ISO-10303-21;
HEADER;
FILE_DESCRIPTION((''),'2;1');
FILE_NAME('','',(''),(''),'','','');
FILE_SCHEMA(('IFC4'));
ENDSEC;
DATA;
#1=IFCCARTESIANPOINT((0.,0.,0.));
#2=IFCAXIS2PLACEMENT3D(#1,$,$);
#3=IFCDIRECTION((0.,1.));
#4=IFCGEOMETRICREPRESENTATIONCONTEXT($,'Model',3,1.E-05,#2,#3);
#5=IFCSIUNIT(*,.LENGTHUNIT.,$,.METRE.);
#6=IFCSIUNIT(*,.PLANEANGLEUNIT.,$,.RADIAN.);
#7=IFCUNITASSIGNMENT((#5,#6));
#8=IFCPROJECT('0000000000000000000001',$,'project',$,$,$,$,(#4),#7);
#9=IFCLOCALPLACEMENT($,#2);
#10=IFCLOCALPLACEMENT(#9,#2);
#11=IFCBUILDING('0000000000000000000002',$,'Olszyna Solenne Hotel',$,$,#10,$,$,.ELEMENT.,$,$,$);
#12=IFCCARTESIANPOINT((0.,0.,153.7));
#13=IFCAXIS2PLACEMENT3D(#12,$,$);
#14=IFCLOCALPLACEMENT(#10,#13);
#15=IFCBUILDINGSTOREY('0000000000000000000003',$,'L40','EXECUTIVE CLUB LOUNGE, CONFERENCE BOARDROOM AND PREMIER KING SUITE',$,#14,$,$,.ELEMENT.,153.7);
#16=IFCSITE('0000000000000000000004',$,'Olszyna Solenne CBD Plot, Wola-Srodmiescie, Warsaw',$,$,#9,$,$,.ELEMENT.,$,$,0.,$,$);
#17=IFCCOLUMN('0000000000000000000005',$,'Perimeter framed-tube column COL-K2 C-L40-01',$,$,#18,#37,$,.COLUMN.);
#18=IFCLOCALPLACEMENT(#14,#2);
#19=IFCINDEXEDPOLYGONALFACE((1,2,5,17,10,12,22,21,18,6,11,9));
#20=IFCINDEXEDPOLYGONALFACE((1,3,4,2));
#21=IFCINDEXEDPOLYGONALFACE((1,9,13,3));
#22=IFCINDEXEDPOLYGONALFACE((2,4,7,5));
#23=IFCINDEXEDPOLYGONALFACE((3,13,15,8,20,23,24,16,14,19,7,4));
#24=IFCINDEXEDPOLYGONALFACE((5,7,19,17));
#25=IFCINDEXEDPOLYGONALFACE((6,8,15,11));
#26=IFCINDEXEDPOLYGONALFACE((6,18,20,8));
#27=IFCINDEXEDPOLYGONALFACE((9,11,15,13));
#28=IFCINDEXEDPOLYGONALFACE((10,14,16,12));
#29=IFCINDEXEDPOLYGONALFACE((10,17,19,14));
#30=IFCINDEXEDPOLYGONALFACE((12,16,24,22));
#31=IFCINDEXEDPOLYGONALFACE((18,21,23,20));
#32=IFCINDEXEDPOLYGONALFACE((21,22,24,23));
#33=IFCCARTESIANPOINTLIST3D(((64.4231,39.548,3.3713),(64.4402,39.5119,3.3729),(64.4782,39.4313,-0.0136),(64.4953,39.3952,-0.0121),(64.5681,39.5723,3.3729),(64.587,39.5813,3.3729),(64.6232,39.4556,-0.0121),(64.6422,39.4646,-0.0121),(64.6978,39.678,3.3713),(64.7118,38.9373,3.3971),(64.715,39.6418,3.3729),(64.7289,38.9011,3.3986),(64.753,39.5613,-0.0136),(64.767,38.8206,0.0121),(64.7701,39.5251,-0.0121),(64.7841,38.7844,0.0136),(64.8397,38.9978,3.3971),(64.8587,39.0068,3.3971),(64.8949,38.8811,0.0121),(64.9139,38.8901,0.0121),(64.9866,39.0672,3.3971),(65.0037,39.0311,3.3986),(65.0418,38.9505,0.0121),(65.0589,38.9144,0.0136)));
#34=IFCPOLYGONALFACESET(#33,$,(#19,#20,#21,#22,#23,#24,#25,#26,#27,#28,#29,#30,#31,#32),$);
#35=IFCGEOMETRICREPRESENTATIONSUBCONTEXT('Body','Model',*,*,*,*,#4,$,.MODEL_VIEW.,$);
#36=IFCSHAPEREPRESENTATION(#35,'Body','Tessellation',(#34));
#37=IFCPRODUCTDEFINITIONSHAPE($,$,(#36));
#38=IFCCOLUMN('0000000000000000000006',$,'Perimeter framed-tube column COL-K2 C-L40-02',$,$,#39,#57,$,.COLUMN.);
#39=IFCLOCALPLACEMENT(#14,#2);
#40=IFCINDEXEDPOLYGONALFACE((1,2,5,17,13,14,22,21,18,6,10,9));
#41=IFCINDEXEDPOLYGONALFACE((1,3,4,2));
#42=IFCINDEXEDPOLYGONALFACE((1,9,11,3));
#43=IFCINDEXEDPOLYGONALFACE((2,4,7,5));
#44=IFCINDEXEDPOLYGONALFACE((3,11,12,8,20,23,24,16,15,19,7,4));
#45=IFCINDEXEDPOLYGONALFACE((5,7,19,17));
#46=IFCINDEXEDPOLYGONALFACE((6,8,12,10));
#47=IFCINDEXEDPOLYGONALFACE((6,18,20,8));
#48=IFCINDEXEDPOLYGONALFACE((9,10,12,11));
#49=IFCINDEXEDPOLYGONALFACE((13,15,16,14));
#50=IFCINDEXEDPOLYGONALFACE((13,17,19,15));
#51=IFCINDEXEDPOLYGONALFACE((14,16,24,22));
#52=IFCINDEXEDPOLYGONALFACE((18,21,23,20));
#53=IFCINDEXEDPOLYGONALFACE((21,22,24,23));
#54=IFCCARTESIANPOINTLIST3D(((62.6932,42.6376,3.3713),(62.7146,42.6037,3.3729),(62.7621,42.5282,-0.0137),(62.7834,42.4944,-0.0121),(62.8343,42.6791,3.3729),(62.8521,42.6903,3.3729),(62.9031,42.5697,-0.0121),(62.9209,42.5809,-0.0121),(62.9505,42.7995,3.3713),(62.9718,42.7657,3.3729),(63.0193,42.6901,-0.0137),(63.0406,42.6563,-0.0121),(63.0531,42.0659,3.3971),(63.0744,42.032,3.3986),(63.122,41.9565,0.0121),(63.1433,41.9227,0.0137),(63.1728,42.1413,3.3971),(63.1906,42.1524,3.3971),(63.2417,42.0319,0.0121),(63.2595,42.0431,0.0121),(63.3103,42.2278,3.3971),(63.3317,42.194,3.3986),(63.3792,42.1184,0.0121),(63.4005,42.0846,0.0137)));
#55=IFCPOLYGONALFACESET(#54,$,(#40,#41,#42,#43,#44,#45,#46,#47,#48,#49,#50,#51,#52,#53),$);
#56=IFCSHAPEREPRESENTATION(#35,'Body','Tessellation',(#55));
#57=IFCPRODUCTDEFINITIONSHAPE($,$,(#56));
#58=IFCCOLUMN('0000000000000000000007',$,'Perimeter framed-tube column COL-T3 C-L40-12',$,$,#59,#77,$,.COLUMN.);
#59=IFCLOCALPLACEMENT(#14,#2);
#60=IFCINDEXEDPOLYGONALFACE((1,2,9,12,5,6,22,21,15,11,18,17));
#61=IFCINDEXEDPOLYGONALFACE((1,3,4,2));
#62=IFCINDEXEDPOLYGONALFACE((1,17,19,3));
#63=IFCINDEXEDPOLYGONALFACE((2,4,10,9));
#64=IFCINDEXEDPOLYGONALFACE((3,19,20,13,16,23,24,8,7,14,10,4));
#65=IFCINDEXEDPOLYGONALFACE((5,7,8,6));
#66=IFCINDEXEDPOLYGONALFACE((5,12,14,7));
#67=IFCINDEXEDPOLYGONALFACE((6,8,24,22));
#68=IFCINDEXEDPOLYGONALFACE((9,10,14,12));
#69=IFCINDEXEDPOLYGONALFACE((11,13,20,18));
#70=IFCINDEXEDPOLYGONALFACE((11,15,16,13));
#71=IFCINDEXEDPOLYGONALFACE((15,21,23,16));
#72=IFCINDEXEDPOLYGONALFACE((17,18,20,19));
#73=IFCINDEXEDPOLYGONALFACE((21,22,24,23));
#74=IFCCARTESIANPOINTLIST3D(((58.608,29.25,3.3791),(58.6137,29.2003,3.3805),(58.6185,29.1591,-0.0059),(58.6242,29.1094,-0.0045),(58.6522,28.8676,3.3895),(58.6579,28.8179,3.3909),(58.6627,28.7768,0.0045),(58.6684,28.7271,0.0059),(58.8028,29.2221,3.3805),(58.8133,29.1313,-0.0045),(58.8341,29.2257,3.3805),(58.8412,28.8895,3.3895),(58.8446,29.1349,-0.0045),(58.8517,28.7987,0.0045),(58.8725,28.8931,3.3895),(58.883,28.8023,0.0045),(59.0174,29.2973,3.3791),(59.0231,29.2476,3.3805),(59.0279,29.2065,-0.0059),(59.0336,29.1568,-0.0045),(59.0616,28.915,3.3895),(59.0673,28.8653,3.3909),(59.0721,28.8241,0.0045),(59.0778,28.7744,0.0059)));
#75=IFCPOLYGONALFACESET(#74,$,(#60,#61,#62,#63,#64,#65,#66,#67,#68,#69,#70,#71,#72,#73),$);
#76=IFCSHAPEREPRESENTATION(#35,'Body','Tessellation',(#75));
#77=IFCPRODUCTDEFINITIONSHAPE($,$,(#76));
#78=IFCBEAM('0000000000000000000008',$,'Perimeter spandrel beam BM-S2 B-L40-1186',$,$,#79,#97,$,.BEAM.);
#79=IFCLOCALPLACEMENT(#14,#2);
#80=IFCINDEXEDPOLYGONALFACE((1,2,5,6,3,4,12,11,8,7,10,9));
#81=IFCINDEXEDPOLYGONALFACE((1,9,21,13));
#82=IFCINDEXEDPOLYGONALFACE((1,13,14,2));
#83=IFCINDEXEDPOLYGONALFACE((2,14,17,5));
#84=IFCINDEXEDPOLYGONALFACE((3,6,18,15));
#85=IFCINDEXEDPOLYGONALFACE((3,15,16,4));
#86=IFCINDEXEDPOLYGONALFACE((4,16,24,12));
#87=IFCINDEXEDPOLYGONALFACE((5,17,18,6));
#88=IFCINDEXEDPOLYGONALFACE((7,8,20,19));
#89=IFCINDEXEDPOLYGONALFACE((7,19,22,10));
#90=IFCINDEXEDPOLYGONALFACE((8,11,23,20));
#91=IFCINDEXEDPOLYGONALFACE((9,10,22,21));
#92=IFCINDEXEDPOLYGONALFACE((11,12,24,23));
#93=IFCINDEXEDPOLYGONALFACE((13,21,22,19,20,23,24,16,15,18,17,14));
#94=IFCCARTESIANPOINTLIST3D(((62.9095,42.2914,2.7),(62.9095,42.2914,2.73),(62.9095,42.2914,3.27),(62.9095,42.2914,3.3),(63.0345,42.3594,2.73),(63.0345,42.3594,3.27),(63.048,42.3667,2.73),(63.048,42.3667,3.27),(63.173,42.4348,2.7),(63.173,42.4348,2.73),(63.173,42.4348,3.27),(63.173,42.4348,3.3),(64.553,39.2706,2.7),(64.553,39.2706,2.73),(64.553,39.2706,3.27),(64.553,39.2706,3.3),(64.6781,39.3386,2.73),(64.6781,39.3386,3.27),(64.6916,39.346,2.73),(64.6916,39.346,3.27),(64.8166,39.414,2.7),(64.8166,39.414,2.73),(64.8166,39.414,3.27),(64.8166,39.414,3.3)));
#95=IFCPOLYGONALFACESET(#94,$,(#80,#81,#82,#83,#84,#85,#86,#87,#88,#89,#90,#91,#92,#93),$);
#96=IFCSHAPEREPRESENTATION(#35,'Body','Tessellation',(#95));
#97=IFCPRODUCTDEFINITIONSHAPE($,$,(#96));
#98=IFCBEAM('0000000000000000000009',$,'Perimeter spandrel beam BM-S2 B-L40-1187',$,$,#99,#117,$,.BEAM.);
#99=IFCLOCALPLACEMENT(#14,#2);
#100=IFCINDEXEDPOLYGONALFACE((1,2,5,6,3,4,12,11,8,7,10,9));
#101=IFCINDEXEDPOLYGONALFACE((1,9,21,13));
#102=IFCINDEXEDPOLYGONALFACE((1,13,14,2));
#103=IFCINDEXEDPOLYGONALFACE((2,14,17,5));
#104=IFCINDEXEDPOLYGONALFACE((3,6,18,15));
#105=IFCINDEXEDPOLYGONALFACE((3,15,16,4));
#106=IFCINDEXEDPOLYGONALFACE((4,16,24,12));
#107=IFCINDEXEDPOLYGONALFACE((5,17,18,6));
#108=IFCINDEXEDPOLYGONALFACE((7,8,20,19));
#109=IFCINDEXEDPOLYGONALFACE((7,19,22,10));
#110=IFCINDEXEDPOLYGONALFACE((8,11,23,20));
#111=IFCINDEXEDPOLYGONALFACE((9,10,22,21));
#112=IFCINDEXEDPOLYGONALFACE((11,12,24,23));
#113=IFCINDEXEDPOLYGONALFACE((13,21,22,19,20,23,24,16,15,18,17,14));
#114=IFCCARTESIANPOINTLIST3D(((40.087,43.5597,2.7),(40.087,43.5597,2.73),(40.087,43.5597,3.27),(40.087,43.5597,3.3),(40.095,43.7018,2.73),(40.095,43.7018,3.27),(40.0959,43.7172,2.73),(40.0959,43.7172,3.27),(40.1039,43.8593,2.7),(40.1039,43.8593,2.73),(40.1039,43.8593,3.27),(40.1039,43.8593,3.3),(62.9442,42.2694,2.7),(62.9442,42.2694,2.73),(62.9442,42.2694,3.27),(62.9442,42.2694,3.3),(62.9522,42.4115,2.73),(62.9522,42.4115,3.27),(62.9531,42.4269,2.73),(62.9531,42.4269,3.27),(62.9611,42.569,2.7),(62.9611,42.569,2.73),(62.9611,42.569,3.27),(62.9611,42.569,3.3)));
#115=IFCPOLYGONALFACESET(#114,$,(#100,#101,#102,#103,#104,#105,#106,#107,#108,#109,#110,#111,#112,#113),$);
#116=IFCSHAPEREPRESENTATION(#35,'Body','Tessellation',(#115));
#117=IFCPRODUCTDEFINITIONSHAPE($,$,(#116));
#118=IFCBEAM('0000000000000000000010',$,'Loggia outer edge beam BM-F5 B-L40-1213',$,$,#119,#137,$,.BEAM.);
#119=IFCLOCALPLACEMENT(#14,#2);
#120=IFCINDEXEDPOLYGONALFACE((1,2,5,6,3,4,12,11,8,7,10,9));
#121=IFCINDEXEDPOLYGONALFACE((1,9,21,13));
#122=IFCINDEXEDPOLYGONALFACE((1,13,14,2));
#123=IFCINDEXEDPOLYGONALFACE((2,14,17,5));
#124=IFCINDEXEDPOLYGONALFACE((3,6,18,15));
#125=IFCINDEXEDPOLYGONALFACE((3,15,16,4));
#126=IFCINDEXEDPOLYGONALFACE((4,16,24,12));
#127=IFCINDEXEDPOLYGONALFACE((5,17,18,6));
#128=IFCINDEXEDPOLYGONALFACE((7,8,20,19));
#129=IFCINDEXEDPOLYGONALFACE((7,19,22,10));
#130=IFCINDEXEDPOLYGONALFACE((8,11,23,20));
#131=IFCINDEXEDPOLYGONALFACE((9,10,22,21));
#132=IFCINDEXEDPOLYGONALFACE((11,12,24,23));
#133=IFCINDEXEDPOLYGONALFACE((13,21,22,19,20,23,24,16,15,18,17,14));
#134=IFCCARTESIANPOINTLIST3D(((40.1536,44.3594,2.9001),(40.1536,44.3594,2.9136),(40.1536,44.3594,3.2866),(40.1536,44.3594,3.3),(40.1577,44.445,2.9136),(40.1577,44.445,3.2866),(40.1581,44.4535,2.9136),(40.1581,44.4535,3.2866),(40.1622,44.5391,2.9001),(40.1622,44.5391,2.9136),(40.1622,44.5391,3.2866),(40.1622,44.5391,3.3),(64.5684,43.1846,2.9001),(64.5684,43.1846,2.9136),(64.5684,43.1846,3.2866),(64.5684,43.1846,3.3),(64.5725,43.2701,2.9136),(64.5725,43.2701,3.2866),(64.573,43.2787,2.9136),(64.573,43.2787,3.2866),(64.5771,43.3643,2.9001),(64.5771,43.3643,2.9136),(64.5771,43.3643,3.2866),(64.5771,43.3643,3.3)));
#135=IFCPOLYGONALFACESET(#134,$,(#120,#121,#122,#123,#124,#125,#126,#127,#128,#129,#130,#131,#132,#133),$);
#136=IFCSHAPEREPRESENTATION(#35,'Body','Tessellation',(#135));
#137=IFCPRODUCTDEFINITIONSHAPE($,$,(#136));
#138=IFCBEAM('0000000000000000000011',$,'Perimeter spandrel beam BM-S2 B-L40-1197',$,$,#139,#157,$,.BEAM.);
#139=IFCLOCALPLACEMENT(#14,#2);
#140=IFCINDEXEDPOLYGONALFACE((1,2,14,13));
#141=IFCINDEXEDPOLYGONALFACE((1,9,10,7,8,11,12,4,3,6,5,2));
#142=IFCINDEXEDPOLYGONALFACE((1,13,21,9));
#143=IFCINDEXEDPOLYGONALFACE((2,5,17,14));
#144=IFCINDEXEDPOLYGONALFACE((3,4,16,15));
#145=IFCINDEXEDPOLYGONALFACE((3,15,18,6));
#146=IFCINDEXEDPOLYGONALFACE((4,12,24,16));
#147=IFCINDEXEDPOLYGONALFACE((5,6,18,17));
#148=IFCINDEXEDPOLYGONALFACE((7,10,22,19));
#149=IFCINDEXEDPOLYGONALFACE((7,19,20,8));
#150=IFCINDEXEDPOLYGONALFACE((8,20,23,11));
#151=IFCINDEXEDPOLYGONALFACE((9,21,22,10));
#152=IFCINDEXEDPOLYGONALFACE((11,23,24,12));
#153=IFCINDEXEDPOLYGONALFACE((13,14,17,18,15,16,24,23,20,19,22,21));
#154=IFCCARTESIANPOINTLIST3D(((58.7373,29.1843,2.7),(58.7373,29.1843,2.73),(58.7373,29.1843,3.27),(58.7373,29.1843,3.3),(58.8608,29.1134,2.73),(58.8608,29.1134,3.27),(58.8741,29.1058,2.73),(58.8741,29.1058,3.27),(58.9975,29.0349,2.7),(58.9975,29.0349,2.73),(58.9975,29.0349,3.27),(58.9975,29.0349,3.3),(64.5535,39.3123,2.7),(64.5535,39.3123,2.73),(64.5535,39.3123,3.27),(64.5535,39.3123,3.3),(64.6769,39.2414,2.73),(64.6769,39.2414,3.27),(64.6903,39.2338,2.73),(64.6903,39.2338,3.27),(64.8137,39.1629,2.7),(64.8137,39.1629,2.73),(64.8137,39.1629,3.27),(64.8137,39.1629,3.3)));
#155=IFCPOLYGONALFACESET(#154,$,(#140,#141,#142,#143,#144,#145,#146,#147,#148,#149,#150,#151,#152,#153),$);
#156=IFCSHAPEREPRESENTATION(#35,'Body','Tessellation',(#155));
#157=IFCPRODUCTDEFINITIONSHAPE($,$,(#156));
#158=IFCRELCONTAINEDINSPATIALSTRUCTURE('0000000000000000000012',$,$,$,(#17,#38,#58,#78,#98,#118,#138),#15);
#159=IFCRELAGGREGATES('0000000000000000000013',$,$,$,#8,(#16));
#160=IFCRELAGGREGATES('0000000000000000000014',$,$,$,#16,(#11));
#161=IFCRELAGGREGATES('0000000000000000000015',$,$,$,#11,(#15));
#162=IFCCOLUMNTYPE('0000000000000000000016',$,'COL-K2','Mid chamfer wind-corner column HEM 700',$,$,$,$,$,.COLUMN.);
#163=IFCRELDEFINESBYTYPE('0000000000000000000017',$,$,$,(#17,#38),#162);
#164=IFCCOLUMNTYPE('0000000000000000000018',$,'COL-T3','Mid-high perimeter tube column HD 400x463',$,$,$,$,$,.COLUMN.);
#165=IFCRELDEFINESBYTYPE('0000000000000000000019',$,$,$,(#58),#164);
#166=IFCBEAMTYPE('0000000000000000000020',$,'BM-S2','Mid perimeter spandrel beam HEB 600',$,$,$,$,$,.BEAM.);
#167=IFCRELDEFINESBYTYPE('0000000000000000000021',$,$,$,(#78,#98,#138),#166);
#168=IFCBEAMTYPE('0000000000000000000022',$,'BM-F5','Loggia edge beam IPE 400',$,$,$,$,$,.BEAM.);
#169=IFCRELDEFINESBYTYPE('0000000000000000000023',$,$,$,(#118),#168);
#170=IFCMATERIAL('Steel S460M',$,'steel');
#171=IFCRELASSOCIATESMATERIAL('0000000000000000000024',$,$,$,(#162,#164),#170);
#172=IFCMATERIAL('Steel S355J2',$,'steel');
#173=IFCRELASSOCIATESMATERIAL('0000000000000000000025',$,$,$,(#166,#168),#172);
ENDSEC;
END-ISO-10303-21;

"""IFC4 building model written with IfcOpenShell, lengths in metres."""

from ifc_helpers import new_model, si_unit, direction, frame, origin, origin_2d, place, context, subcontext, project, spatial, i_section, extrude, source, transform, mapped, material, material_profile, profile_set, type_object, element, save


model = new_model("IFC4")

# Units and contexts
model_context = context("Model", 3, precision=1e-05, world=origin(), true_north=direction((0.0, 1.0)))
body_context = subcontext(model_context, "Body", "Model", "MODEL_VIEW")
ifc_project = project(units=[si_unit("LENGTHUNIT", "METRE"), si_unit("PLANEANGLEUNIT", "RADIAN")], contexts=[model_context])

# Site, building, storey
site_placement = place(None, origin())
site = spatial("IfcSite", under=ifc_project, at=site_placement, Name="Olszyna Solenne CBD Plot, Wola-Srodmiescie, Warsaw", CompositionType="ELEMENT", RefElevation=0.0)
building_placement = place(site_placement, origin())
building = spatial("IfcBuilding", under=site, at=building_placement, Name="Olszyna Solenne Hotel", CompositionType="ELEMENT")
storey_placement = place(building_placement, frame((0.0, 0.0, 153.7)))
storey = spatial("IfcBuildingStorey", under=building, at=storey_placement, Name="L40", Description="EXECUTIVE CLUB LOUNGE, CONFERENCE BOARDROOM AND PREMIER KING SUITE", CompositionType="ELEMENT", Elevation=153.7)

# Columns
ifc_material_1 = material(Name="Steel S460M", Category="steel")
ifc_material_profile_1 = material_profile(ifc_material_1, i_section(OverallWidth=0.304, OverallDepth=0.7161, WebThickness=0.021, FlangeThickness=0.04, at=origin_2d()), Name="HEM 700", Category="load-bearing")
ifc_profile_set_1 = profile_set([ifc_material_profile_1], Name="Steel S460M")
column_type_1 = type_object("IfcColumnType", Name="COL-K2", Description="Mid chamfer wind-corner column HEM 700", PredefinedType="COLUMN", material=ifc_profile_set_1)
shared_shape_1 = source(origin(), body_context, "Body", "SweptSolid", [
    extrude(i_section(OverallWidth=0.304, OverallDepth=0.7161, WebThickness=0.021, FlangeThickness=0.04, at=origin_2d()), origin(), (0.0, 0.0, 1.0), 3.3875),
])
for number, where, z_axis, x_axis, name in (
    (1, (64.7686, 39.1729, 0.0), (-0.016288, 0.03445, 0.999274), (-0.904046, -0.427436, 0.0), "Perimeter framed-tube column COL-K2 C-L40-01"),
    (2, (63.0813, 42.3064, 0.0), (-0.020324, 0.032288, 0.999272), (-0.846296, -0.532713, 0.0), "Perimeter framed-tube column COL-K2 C-L40-02"),
):
    element("IfcColumn", number, at=place(storey_placement, frame(where, z_axis=z_axis, x_axis=x_axis)), inside=storey, type_object=column_type_1, Name=name, PredefinedType="COLUMN", context=body_context, shape_type="MappedRepresentation", body=[
        mapped(shared_shape_1, transform((0.0, 0.0, 0.0), x_axis=(1.0, 0.0, 0.0), y_axis=(0.0, 1.0, 0.0), z_axis=(0.0, 0.0, 1.0), scale=1.0)),
    ])
ifc_material_profile_2 = material_profile(ifc_material_1, i_section(OverallWidth=0.4121, OverallDepth=0.4351, WebThickness=0.0315, FlangeThickness=0.05, at=origin_2d()), Name="HD 400x463", Category="load-bearing")
ifc_profile_set_2 = profile_set([ifc_material_profile_2], Name="Steel S460M")
column_type_2 = type_object("IfcColumnType", Name="COL-T3", Description="Mid-high perimeter tube column HD 400x463", PredefinedType="COLUMN", material=ifc_profile_set_2)
shared_shape_2 = source(origin(), body_context, "Body", "SweptSolid", [
    extrude(i_section(OverallWidth=0.4121, OverallDepth=0.4351, WebThickness=0.0315, FlangeThickness=0.05, at=origin_2d()), origin(), (0.0, 0.0, 1.0), 3.3862),
])
column_placement = place(storey_placement, frame((58.8481, 28.9668, 0.0), z_axis=(-0.0031, 0.02682, 0.999635), x_axis=(-0.993386, -0.114827, 0.0)))
element("IfcColumn", 3, at=column_placement, inside=storey, type_object=column_type_2, Name="Perimeter framed-tube column COL-T3 C-L40-12", PredefinedType="COLUMN", context=body_context, shape_type="MappedRepresentation", body=[
    mapped(shared_shape_2, transform((0.0, 0.0, 0.0), x_axis=(1.0, 0.0, 0.0), y_axis=(0.0, 1.0, 0.0), z_axis=(0.0, 0.0, 1.0), scale=1.0)),
])

# Beams
ifc_material_2 = material(Name="Steel S355J2", Category="steel")
ifc_material_profile_3 = material_profile(ifc_material_2, i_section(OverallWidth=0.3, OverallDepth=0.6001, WebThickness=0.0154, FlangeThickness=0.03, at=origin_2d()), Name="HEB 600", Category="load-bearing")
ifc_profile_set_3 = profile_set([ifc_material_profile_3], Name="Steel S355J2")
beam_type_1 = type_object("IfcBeamType", Name="BM-S2", Description="Mid perimeter spandrel beam HEB 600", PredefinedType="BEAM", material=ifc_profile_set_3)
shared_shape_3 = source(origin(), body_context, "Body", "SweptSolid", [
    extrude(i_section(OverallWidth=0.3, OverallDepth=0.6001, WebThickness=0.0154, FlangeThickness=0.03, at=origin_2d()), origin(), (0.0, 0.0, 1.0), 3.439),
])
beam_1_placement = place(storey_placement, frame((64.6848, 39.3423, 3.0), z_axis=(-0.477927, 0.8784, 0.0), x_axis=(-0.8784, -0.477927, 0.0)))
element("IfcBeam", 4, at=beam_1_placement, inside=storey, type_object=beam_type_1, Name="Perimeter spandrel beam BM-S2 B-L40-1186", PredefinedType="BEAM", context=body_context, shape_type="MappedRepresentation", body=[
    mapped(shared_shape_3, transform((0.0, 0.0, 0.0), x_axis=(1.0, 0.0, 0.0), y_axis=(0.0, 1.0, 0.0), z_axis=(0.0, 0.0, 1.0), scale=1.0)),
])
shared_shape_4 = source(origin(), body_context, "Body", "SweptSolid", [
    extrude(i_section(OverallWidth=0.3, OverallDepth=0.6001, WebThickness=0.0154, FlangeThickness=0.03, at=origin_2d()), origin(), (0.0, 0.0, 1.0), 22.8936),
])
beam_2_placement = place(storey_placement, frame((62.9526, 42.4192, 3.0), z_axis=(-0.998411, 0.05636, 0.0), x_axis=(-0.05636, -0.998411, 0.0)))
element("IfcBeam", 5, at=beam_2_placement, inside=storey, type_object=beam_type_1, Name="Perimeter spandrel beam BM-S2 B-L40-1187", PredefinedType="BEAM", context=body_context, shape_type="MappedRepresentation", body=[
    mapped(shared_shape_4, transform((0.0, 0.0, 0.0), x_axis=(1.0, 0.0, 0.0), y_axis=(0.0, 1.0, 0.0), z_axis=(0.0, 0.0, 1.0), scale=1.0)),
])
ifc_material_profile_4 = material_profile(ifc_material_2, i_section(OverallWidth=0.1799, OverallDepth=0.3999, WebThickness=0.0085, FlangeThickness=0.0134, at=origin_2d()), Name="IPE 400", Category="load-bearing")
ifc_profile_set_4 = profile_set([ifc_material_profile_4], Name="Steel S355J2")
beam_type_2 = type_object("IfcBeamType", Name="BM-F5", Description="Loggia edge beam IPE 400", PredefinedType="BEAM", material=ifc_profile_set_4)
shared_shape_5 = source(origin(), body_context, "Body", "SweptSolid", [
    extrude(i_section(OverallWidth=0.1799, OverallDepth=0.3999, WebThickness=0.0085, FlangeThickness=0.0134, at=origin_2d()), origin(), (0.0, 0.0, 1.0), 24.4431),
])
beam_3_placement = place(storey_placement, frame((64.5728, 43.2744, 3.1001), z_axis=(-0.998844, 0.048063, 0.0), x_axis=(-0.048063, -0.998844, 0.0)))
element("IfcBeam", 6, at=beam_3_placement, inside=storey, type_object=beam_type_2, Name="Loggia outer edge beam BM-F5 B-L40-1213", PredefinedType="BEAM", context=body_context, shape_type="MappedRepresentation", body=[
    mapped(shared_shape_5, transform((0.0, 0.0, 0.0), x_axis=(1.0, 0.0, 0.0), y_axis=(0.0, 1.0, 0.0), z_axis=(0.0, 0.0, 1.0), scale=1.0)),
])
shared_shape_6 = source(origin(), body_context, "Body", "SweptSolid", [
    extrude(i_section(OverallWidth=0.3, OverallDepth=0.6001, WebThickness=0.0154, FlangeThickness=0.03, at=origin_2d()), origin(), (0.0, 0.0, 1.0), 11.6792),
])
beam_4_placement = place(storey_placement, frame((58.8674, 29.1096, 3.0), z_axis=(0.497995, 0.86718, 0.0), x_axis=(-0.86718, 0.497995, 0.0)))
element("IfcBeam", 7, at=beam_4_placement, inside=storey, type_object=beam_type_1, Name="Perimeter spandrel beam BM-S2 B-L40-1197", PredefinedType="BEAM", context=body_context, shape_type="MappedRepresentation", body=[
    mapped(shared_shape_6, transform((0.0, 0.0, 0.0), x_axis=(1.0, 0.0, 0.0), y_axis=(0.0, 1.0, 0.0), z_axis=(0.0, 0.0, 1.0), scale=1.0)),
])

save(model, "model.ifc")
